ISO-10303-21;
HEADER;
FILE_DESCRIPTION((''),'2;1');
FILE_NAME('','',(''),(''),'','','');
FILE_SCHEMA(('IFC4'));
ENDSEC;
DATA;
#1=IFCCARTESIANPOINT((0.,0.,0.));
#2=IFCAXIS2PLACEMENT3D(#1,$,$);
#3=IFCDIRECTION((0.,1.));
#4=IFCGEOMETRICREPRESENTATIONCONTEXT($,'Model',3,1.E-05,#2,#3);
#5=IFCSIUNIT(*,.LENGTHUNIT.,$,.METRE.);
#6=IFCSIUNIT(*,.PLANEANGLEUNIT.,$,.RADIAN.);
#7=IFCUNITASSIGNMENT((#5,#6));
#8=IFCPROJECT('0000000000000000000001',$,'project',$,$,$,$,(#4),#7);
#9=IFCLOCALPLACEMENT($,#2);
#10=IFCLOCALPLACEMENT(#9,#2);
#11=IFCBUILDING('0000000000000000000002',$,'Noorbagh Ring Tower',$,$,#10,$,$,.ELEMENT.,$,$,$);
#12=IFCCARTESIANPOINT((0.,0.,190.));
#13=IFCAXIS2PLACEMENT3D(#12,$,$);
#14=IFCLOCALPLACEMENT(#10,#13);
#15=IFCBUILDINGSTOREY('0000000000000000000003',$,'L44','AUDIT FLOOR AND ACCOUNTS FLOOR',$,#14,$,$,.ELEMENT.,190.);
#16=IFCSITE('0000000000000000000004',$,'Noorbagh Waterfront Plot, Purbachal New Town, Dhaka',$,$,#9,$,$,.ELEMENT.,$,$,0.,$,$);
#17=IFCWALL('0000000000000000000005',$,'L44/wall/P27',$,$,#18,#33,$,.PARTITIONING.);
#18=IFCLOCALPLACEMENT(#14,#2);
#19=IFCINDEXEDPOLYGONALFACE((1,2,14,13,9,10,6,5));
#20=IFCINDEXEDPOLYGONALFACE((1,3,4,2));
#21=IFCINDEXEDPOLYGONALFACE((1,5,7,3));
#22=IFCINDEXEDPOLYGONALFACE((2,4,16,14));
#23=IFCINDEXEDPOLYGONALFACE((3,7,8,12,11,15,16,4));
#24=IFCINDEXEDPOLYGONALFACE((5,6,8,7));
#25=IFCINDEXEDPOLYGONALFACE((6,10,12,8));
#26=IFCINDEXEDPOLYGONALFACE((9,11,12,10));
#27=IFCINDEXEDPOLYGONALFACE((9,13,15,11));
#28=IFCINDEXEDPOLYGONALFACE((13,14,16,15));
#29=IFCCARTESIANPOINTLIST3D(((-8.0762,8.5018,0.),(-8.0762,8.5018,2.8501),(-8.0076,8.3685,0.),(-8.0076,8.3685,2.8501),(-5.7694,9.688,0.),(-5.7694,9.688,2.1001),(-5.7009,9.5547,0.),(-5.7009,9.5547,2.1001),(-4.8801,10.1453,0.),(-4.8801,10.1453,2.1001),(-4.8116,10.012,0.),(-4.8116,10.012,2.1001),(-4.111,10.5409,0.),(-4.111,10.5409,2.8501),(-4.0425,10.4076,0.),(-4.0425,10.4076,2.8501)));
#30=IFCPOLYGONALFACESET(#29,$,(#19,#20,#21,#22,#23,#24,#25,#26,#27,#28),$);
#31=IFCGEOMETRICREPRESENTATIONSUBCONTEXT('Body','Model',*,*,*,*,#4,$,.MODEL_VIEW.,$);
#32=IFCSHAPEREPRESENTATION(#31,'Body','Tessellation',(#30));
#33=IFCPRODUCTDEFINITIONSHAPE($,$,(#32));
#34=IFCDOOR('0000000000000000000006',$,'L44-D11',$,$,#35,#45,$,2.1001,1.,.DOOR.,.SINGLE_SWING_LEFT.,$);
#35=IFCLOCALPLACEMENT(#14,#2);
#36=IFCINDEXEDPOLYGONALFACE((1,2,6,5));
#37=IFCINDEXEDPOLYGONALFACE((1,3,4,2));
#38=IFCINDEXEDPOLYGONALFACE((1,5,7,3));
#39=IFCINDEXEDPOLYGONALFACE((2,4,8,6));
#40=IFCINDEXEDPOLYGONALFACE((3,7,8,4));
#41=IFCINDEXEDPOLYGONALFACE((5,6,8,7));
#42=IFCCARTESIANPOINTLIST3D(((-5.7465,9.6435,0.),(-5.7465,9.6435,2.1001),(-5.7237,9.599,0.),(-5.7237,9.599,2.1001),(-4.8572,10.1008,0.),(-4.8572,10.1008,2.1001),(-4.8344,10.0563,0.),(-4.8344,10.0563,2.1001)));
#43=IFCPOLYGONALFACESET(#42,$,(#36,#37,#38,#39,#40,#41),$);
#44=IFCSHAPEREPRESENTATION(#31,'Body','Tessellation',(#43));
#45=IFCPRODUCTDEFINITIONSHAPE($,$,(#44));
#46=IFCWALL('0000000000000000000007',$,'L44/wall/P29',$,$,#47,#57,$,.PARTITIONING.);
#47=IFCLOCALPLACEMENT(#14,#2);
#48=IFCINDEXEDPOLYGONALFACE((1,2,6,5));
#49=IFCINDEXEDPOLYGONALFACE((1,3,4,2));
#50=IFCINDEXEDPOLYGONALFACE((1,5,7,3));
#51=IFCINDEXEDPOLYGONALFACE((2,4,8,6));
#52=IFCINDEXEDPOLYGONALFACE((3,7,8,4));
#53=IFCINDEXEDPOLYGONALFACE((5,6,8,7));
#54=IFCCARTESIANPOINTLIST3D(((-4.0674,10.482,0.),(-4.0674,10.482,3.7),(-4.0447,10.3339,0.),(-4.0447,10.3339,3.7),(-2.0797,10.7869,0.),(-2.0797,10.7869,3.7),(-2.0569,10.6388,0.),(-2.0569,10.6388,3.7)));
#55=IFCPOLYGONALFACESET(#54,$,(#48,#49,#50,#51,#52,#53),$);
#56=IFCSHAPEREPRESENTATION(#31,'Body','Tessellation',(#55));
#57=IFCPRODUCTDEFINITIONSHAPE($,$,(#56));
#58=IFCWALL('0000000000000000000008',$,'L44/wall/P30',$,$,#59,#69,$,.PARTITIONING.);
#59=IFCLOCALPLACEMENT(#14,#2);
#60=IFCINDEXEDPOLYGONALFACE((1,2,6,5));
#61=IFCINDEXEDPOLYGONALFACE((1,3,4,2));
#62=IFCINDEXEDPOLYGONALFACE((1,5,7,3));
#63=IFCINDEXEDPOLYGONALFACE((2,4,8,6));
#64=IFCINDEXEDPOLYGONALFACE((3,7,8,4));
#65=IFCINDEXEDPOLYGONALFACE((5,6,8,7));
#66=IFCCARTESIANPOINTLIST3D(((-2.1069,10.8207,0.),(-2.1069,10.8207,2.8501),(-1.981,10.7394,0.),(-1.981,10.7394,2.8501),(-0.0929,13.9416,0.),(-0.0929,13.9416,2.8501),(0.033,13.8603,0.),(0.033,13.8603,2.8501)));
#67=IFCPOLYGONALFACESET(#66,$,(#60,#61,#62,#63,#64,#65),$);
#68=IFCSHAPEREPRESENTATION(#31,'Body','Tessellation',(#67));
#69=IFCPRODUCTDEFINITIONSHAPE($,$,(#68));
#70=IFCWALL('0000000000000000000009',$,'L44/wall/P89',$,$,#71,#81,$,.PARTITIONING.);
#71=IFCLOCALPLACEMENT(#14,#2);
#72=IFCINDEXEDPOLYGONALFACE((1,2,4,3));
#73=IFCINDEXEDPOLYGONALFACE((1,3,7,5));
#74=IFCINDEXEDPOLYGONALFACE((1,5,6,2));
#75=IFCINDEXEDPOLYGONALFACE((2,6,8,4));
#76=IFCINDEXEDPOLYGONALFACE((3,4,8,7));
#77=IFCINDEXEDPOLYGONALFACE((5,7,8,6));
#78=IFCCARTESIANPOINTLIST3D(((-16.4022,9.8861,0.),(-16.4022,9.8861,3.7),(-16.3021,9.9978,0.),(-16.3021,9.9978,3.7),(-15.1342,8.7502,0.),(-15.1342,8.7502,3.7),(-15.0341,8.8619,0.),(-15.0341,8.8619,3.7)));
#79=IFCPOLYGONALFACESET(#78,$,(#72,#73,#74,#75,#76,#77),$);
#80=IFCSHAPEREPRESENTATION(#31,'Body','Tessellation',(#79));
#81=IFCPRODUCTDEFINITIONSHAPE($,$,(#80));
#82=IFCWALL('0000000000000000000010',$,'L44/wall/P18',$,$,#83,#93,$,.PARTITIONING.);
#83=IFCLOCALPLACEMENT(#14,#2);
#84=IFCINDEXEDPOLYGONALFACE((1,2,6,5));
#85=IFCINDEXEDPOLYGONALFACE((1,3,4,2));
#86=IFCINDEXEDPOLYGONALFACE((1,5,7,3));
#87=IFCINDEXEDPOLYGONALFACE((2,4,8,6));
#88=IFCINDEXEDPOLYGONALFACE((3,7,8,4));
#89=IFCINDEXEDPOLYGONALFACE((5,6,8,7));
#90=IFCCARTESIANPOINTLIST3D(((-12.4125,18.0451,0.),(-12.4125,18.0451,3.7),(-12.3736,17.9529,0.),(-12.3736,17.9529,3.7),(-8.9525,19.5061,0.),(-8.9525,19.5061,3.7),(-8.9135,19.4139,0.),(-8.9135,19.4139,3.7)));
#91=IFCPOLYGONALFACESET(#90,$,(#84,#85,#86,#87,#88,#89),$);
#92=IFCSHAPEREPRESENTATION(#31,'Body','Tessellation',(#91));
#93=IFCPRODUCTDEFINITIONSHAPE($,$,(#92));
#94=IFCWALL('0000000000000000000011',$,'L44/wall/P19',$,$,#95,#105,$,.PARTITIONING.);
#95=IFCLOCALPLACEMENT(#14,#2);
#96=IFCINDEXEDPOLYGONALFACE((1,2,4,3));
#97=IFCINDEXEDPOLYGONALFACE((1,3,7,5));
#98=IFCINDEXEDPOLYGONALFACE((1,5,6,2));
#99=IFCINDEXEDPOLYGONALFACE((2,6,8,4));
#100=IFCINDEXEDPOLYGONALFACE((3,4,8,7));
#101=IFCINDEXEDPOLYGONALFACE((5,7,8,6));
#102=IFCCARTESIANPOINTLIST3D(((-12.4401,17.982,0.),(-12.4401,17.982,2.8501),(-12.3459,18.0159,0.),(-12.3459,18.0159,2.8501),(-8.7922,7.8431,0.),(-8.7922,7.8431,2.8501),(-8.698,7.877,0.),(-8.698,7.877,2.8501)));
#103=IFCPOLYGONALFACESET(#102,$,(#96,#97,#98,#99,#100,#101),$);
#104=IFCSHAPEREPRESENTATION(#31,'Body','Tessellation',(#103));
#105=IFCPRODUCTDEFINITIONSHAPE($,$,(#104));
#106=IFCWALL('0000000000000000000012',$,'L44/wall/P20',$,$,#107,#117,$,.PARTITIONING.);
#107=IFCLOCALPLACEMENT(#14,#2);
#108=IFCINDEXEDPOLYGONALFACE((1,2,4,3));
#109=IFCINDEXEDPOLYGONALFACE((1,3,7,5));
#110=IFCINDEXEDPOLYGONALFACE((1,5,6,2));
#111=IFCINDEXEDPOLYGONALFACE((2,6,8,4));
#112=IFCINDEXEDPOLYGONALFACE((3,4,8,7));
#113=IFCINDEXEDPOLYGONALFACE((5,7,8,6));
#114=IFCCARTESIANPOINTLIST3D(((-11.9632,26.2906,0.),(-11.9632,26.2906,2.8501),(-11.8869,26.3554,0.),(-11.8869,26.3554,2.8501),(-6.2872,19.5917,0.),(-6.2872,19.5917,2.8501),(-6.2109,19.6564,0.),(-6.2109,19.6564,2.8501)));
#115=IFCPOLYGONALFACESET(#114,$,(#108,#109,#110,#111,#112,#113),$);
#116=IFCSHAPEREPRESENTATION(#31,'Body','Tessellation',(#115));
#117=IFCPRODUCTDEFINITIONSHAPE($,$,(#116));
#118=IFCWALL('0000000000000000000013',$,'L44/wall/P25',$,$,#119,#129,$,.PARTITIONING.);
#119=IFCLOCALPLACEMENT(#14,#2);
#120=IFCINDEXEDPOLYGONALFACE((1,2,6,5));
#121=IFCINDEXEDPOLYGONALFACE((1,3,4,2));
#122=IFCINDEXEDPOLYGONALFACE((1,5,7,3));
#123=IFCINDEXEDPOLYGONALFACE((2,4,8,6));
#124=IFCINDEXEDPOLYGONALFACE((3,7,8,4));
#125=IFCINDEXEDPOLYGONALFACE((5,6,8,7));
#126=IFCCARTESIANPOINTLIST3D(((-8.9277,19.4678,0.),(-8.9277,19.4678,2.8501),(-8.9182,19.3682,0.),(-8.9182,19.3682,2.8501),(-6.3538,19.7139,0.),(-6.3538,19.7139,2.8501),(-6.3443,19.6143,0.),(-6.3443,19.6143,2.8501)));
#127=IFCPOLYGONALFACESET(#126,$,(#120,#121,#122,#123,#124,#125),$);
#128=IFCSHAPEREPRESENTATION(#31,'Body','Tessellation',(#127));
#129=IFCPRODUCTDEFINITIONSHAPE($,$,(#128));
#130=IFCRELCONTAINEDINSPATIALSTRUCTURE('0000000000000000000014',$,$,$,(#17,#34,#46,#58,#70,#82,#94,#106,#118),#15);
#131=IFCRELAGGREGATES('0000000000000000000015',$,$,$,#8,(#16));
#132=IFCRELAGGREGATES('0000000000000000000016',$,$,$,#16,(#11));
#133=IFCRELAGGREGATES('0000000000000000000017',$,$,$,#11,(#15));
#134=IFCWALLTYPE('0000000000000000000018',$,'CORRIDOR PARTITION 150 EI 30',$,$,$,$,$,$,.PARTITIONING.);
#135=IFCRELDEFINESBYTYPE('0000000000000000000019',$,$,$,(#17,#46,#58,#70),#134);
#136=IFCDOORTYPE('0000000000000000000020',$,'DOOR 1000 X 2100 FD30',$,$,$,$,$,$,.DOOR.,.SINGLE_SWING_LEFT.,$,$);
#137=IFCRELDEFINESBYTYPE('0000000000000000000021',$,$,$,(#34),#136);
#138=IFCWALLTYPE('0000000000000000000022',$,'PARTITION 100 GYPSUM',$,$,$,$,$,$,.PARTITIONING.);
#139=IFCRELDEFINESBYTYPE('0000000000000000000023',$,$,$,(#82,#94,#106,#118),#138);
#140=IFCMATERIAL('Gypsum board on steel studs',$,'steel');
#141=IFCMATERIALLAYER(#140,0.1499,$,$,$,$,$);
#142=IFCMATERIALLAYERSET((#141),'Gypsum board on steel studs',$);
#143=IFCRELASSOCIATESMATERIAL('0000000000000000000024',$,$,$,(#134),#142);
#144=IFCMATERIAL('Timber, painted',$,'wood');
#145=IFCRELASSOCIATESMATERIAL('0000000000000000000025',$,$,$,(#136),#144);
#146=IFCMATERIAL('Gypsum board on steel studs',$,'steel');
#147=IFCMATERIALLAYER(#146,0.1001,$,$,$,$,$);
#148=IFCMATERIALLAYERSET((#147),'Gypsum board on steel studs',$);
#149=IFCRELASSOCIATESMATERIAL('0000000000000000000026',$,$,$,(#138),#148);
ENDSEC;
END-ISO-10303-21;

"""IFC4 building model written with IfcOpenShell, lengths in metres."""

from ifc_helpers import new_model, si_unit, direction, frame, frame_2d, origin, place, context, subcontext, project, spatial, rectangle, extrude, material, layer, layer_set, type_object, element, fill, save


model = new_model("IFC4")

# Units and contexts
model_context = context("Model", 3, precision=1e-05, world=origin(), true_north=direction((0.0, 1.0)))
body_context = subcontext(model_context, "Body", "Model", "MODEL_VIEW")
ifc_project = project(units=[si_unit("LENGTHUNIT", "METRE"), si_unit("PLANEANGLEUNIT", "RADIAN")], contexts=[model_context])

# Site, building, storey
site_placement = place(None, origin())
site = spatial("IfcSite", under=ifc_project, at=site_placement, Name="Noorbagh Waterfront Plot, Purbachal New Town, Dhaka", CompositionType="ELEMENT", RefElevation=0.0)
building_placement = place(site_placement, origin())
building = spatial("IfcBuilding", under=site, at=building_placement, Name="Noorbagh Ring Tower", CompositionType="ELEMENT")
storey_placement = place(building_placement, frame((0.0, 0.0, 190.0)))
storey = spatial("IfcBuildingStorey", under=building, at=storey_placement, Name="L44", Description="AUDIT FLOOR AND ACCOUNTS FLOOR", CompositionType="ELEMENT", Elevation=190.0)

# Shared definitions
ifc_material_1 = material(Name="Gypsum board on steel studs", Category="steel")
ifc_layer_1 = layer(ifc_material_1, 0.1499)
ifc_layer_set_1 = layer_set([ifc_layer_1], Name="Gypsum board on steel studs")
wall_type_1 = type_object("IfcWallType", Name="CORRIDOR PARTITION 150 EI 30", PredefinedType="PARTITIONING", material=ifc_layer_set_1)

# Wall, opening, door
wall_1_placement = place(storey_placement, frame((-8.042, 8.4351, 0.0), z_axis=(0.0, 0.0, 1.0), x_axis=(0.889299, 0.457326, 0.0)))
wall_1 = element("IfcWall", 1, at=wall_1_placement, inside=storey, type_object=wall_type_1, Name="L44/wall/P27", PredefinedType="PARTITIONING", context=body_context, shape_type="SweptSolid", body=[
    extrude(rectangle(XDim=4.4587, YDim=0.1499, at=frame_2d((2.2295, 0.0))), origin(), (0.0, 0.0, 1.0), 2.8501),
])
opening_placement = place(wall_1_placement, frame((2.594, 0.0, 0.0)))
opening = element("IfcOpeningElement", 2, at=opening_placement, cuts=wall_1, PredefinedType="OPENING", context=body_context, shape_type="SweptSolid", body=[
    extrude(rectangle(XDim=1.0, YDim=2.1001, at=frame_2d((0.5, 1.05))), frame((0.0, 0.085, 0.0), z_axis=(0.0, -1.0, 0.0), x_axis=(1.0, 0.0, 0.0)), (0.0, 0.0, 1.0), 0.1699),
])
ifc_material_2 = material(Name="Timber, painted", Category="wood")
door_type = type_object("IfcDoorType", Name="DOOR 1000 X 2100 FD30", OperationType="SINGLE_SWING_LEFT", PredefinedType="DOOR", material=ifc_material_2)
door_placement = place(opening_placement, origin())
door = element("IfcDoor", 3, at=door_placement, inside=storey, type_object=door_type, Name="L44-D11", OperationType="SINGLE_SWING_LEFT", OverallHeight=2.1001, OverallWidth=1.0, PredefinedType="DOOR", context=body_context, shape_type="SweptSolid", body=[
    extrude(rectangle(XDim=1.0, YDim=2.1001, at=frame_2d((0.5, 1.05))), frame((0.0, 0.0249, 0.0), z_axis=(0.0, -1.0, 0.0), x_axis=(1.0, 0.0, 0.0)), (0.0, 0.0, 1.0), 0.05),
])
fill(opening, door)

# Walls
wall_2_placement = place(storey_placement, frame((-4.0559, 10.408, 0.0), z_axis=(0.0, 0.0, 1.0), x_axis=(0.988438, 0.151628, 0.0)))
element("IfcWall", 4, at=wall_2_placement, inside=storey, type_object=wall_type_1, Name="L44/wall/P29", PredefinedType="PARTITIONING", context=body_context, shape_type="SweptSolid", body=[
    extrude(rectangle(XDim=2.011, YDim=0.1499, at=frame_2d((1.0054, 0.0))), origin(), (0.0, 0.0, 1.0), 3.7),
])
wall_3_placement = place(storey_placement, frame((-2.0439, 10.78, 0.0), z_axis=(0.0, 0.0, 1.0), x_axis=(0.542215, 0.84024, 0.0)))
element("IfcWall", 5, at=wall_3_placement, inside=storey, type_object=wall_type_1, Name="L44/wall/P30", PredefinedType="PARTITIONING", context=body_context, shape_type="SweptSolid", body=[
    extrude(rectangle(XDim=3.7144, YDim=0.1499, at=frame_2d((1.8572, 0.0))), origin(), (0.0, 0.0, 1.0), 2.8501),
])
wall_4_placement = place(storey_placement, frame((-16.3521, 9.9419, 0.0), z_axis=(0.0, 0.0, 1.0), x_axis=(0.744832, -0.667252, 0.0)))
element("IfcWall", 6, at=wall_4_placement, inside=storey, type_object=wall_type_1, Name="L44/wall/P89", PredefinedType="PARTITIONING", context=body_context, shape_type="SweptSolid", body=[
    extrude(rectangle(XDim=1.7024, YDim=0.1499, at=frame_2d((0.8511, 0.0))), origin(), (0.0, 0.0, 1.0), 3.7),
])
ifc_material_3 = material(Name="Gypsum board on steel studs", Category="steel")
ifc_layer_2 = layer(ifc_material_3, 0.1001)
ifc_layer_set_2 = layer_set([ifc_layer_2], Name="Gypsum board on steel studs")
wall_type_2 = type_object("IfcWallType", Name="PARTITION 100 GYPSUM", PredefinedType="PARTITIONING", material=ifc_layer_set_2)
wall_5_placement = place(storey_placement, frame((-12.3931, 17.999, 0.0), z_axis=(0.0, 0.0, 1.0), x_axis=(0.921243, 0.388987, 0.0)))
element("IfcWall", 7, at=wall_5_placement, inside=storey, type_object=wall_type_2, Name="L44/wall/P18", PredefinedType="PARTITIONING", context=body_context, shape_type="SweptSolid", body=[
    extrude(rectangle(XDim=3.7559, YDim=0.1001, at=frame_2d((1.8779, 0.0))), origin(), (0.0, 0.0, 1.0), 3.7),
])
wall_6_placement = place(storey_placement, frame((-12.3931, 17.999, 0.0), z_axis=(0.0, 0.0, 1.0), x_axis=(0.33855, -0.940948, 0.0)))
element("IfcWall", 8, at=wall_6_placement, inside=storey, type_object=wall_type_2, Name="L44/wall/P19", PredefinedType="PARTITIONING", context=body_context, shape_type="SweptSolid", body=[
    extrude(rectangle(XDim=10.7751, YDim=0.1001, at=frame_2d((5.3877, 0.0))), origin(), (0.0, 0.0, 1.0), 2.8501),
])
wall_7_placement = place(storey_placement, frame((-11.925, 26.323, 0.0), z_axis=(0.0, 0.0, 1.0), x_axis=(0.646451, -0.762956, 0.0)))
element("IfcWall", 9, at=wall_7_placement, inside=storey, type_object=wall_type_2, Name="L44/wall/P20", PredefinedType="PARTITIONING", context=body_context, shape_type="SweptSolid", body=[
    extrude(rectangle(XDim=8.7803, YDim=0.1001, at=frame_2d((4.3901, 0.0))), origin(), (0.0, 0.0, 1.0), 2.8501),
])
wall_8_placement = place(storey_placement, frame((-8.9231, 19.418, 0.0), z_axis=(0.0, 0.0, 1.0), x_axis=(0.995461, 0.095174, 0.0)))
element("IfcWall", 10, at=wall_8_placement, inside=storey, type_object=wall_type_2, Name="L44/wall/P25", PredefinedType="PARTITIONING", context=body_context, shape_type="SweptSolid", body=[
    extrude(rectangle(XDim=2.5857, YDim=0.1001, at=frame_2d((1.293, 0.0))), origin(), (0.0, 0.0, 1.0), 2.8501),
])

save(model, "model.ifc")
